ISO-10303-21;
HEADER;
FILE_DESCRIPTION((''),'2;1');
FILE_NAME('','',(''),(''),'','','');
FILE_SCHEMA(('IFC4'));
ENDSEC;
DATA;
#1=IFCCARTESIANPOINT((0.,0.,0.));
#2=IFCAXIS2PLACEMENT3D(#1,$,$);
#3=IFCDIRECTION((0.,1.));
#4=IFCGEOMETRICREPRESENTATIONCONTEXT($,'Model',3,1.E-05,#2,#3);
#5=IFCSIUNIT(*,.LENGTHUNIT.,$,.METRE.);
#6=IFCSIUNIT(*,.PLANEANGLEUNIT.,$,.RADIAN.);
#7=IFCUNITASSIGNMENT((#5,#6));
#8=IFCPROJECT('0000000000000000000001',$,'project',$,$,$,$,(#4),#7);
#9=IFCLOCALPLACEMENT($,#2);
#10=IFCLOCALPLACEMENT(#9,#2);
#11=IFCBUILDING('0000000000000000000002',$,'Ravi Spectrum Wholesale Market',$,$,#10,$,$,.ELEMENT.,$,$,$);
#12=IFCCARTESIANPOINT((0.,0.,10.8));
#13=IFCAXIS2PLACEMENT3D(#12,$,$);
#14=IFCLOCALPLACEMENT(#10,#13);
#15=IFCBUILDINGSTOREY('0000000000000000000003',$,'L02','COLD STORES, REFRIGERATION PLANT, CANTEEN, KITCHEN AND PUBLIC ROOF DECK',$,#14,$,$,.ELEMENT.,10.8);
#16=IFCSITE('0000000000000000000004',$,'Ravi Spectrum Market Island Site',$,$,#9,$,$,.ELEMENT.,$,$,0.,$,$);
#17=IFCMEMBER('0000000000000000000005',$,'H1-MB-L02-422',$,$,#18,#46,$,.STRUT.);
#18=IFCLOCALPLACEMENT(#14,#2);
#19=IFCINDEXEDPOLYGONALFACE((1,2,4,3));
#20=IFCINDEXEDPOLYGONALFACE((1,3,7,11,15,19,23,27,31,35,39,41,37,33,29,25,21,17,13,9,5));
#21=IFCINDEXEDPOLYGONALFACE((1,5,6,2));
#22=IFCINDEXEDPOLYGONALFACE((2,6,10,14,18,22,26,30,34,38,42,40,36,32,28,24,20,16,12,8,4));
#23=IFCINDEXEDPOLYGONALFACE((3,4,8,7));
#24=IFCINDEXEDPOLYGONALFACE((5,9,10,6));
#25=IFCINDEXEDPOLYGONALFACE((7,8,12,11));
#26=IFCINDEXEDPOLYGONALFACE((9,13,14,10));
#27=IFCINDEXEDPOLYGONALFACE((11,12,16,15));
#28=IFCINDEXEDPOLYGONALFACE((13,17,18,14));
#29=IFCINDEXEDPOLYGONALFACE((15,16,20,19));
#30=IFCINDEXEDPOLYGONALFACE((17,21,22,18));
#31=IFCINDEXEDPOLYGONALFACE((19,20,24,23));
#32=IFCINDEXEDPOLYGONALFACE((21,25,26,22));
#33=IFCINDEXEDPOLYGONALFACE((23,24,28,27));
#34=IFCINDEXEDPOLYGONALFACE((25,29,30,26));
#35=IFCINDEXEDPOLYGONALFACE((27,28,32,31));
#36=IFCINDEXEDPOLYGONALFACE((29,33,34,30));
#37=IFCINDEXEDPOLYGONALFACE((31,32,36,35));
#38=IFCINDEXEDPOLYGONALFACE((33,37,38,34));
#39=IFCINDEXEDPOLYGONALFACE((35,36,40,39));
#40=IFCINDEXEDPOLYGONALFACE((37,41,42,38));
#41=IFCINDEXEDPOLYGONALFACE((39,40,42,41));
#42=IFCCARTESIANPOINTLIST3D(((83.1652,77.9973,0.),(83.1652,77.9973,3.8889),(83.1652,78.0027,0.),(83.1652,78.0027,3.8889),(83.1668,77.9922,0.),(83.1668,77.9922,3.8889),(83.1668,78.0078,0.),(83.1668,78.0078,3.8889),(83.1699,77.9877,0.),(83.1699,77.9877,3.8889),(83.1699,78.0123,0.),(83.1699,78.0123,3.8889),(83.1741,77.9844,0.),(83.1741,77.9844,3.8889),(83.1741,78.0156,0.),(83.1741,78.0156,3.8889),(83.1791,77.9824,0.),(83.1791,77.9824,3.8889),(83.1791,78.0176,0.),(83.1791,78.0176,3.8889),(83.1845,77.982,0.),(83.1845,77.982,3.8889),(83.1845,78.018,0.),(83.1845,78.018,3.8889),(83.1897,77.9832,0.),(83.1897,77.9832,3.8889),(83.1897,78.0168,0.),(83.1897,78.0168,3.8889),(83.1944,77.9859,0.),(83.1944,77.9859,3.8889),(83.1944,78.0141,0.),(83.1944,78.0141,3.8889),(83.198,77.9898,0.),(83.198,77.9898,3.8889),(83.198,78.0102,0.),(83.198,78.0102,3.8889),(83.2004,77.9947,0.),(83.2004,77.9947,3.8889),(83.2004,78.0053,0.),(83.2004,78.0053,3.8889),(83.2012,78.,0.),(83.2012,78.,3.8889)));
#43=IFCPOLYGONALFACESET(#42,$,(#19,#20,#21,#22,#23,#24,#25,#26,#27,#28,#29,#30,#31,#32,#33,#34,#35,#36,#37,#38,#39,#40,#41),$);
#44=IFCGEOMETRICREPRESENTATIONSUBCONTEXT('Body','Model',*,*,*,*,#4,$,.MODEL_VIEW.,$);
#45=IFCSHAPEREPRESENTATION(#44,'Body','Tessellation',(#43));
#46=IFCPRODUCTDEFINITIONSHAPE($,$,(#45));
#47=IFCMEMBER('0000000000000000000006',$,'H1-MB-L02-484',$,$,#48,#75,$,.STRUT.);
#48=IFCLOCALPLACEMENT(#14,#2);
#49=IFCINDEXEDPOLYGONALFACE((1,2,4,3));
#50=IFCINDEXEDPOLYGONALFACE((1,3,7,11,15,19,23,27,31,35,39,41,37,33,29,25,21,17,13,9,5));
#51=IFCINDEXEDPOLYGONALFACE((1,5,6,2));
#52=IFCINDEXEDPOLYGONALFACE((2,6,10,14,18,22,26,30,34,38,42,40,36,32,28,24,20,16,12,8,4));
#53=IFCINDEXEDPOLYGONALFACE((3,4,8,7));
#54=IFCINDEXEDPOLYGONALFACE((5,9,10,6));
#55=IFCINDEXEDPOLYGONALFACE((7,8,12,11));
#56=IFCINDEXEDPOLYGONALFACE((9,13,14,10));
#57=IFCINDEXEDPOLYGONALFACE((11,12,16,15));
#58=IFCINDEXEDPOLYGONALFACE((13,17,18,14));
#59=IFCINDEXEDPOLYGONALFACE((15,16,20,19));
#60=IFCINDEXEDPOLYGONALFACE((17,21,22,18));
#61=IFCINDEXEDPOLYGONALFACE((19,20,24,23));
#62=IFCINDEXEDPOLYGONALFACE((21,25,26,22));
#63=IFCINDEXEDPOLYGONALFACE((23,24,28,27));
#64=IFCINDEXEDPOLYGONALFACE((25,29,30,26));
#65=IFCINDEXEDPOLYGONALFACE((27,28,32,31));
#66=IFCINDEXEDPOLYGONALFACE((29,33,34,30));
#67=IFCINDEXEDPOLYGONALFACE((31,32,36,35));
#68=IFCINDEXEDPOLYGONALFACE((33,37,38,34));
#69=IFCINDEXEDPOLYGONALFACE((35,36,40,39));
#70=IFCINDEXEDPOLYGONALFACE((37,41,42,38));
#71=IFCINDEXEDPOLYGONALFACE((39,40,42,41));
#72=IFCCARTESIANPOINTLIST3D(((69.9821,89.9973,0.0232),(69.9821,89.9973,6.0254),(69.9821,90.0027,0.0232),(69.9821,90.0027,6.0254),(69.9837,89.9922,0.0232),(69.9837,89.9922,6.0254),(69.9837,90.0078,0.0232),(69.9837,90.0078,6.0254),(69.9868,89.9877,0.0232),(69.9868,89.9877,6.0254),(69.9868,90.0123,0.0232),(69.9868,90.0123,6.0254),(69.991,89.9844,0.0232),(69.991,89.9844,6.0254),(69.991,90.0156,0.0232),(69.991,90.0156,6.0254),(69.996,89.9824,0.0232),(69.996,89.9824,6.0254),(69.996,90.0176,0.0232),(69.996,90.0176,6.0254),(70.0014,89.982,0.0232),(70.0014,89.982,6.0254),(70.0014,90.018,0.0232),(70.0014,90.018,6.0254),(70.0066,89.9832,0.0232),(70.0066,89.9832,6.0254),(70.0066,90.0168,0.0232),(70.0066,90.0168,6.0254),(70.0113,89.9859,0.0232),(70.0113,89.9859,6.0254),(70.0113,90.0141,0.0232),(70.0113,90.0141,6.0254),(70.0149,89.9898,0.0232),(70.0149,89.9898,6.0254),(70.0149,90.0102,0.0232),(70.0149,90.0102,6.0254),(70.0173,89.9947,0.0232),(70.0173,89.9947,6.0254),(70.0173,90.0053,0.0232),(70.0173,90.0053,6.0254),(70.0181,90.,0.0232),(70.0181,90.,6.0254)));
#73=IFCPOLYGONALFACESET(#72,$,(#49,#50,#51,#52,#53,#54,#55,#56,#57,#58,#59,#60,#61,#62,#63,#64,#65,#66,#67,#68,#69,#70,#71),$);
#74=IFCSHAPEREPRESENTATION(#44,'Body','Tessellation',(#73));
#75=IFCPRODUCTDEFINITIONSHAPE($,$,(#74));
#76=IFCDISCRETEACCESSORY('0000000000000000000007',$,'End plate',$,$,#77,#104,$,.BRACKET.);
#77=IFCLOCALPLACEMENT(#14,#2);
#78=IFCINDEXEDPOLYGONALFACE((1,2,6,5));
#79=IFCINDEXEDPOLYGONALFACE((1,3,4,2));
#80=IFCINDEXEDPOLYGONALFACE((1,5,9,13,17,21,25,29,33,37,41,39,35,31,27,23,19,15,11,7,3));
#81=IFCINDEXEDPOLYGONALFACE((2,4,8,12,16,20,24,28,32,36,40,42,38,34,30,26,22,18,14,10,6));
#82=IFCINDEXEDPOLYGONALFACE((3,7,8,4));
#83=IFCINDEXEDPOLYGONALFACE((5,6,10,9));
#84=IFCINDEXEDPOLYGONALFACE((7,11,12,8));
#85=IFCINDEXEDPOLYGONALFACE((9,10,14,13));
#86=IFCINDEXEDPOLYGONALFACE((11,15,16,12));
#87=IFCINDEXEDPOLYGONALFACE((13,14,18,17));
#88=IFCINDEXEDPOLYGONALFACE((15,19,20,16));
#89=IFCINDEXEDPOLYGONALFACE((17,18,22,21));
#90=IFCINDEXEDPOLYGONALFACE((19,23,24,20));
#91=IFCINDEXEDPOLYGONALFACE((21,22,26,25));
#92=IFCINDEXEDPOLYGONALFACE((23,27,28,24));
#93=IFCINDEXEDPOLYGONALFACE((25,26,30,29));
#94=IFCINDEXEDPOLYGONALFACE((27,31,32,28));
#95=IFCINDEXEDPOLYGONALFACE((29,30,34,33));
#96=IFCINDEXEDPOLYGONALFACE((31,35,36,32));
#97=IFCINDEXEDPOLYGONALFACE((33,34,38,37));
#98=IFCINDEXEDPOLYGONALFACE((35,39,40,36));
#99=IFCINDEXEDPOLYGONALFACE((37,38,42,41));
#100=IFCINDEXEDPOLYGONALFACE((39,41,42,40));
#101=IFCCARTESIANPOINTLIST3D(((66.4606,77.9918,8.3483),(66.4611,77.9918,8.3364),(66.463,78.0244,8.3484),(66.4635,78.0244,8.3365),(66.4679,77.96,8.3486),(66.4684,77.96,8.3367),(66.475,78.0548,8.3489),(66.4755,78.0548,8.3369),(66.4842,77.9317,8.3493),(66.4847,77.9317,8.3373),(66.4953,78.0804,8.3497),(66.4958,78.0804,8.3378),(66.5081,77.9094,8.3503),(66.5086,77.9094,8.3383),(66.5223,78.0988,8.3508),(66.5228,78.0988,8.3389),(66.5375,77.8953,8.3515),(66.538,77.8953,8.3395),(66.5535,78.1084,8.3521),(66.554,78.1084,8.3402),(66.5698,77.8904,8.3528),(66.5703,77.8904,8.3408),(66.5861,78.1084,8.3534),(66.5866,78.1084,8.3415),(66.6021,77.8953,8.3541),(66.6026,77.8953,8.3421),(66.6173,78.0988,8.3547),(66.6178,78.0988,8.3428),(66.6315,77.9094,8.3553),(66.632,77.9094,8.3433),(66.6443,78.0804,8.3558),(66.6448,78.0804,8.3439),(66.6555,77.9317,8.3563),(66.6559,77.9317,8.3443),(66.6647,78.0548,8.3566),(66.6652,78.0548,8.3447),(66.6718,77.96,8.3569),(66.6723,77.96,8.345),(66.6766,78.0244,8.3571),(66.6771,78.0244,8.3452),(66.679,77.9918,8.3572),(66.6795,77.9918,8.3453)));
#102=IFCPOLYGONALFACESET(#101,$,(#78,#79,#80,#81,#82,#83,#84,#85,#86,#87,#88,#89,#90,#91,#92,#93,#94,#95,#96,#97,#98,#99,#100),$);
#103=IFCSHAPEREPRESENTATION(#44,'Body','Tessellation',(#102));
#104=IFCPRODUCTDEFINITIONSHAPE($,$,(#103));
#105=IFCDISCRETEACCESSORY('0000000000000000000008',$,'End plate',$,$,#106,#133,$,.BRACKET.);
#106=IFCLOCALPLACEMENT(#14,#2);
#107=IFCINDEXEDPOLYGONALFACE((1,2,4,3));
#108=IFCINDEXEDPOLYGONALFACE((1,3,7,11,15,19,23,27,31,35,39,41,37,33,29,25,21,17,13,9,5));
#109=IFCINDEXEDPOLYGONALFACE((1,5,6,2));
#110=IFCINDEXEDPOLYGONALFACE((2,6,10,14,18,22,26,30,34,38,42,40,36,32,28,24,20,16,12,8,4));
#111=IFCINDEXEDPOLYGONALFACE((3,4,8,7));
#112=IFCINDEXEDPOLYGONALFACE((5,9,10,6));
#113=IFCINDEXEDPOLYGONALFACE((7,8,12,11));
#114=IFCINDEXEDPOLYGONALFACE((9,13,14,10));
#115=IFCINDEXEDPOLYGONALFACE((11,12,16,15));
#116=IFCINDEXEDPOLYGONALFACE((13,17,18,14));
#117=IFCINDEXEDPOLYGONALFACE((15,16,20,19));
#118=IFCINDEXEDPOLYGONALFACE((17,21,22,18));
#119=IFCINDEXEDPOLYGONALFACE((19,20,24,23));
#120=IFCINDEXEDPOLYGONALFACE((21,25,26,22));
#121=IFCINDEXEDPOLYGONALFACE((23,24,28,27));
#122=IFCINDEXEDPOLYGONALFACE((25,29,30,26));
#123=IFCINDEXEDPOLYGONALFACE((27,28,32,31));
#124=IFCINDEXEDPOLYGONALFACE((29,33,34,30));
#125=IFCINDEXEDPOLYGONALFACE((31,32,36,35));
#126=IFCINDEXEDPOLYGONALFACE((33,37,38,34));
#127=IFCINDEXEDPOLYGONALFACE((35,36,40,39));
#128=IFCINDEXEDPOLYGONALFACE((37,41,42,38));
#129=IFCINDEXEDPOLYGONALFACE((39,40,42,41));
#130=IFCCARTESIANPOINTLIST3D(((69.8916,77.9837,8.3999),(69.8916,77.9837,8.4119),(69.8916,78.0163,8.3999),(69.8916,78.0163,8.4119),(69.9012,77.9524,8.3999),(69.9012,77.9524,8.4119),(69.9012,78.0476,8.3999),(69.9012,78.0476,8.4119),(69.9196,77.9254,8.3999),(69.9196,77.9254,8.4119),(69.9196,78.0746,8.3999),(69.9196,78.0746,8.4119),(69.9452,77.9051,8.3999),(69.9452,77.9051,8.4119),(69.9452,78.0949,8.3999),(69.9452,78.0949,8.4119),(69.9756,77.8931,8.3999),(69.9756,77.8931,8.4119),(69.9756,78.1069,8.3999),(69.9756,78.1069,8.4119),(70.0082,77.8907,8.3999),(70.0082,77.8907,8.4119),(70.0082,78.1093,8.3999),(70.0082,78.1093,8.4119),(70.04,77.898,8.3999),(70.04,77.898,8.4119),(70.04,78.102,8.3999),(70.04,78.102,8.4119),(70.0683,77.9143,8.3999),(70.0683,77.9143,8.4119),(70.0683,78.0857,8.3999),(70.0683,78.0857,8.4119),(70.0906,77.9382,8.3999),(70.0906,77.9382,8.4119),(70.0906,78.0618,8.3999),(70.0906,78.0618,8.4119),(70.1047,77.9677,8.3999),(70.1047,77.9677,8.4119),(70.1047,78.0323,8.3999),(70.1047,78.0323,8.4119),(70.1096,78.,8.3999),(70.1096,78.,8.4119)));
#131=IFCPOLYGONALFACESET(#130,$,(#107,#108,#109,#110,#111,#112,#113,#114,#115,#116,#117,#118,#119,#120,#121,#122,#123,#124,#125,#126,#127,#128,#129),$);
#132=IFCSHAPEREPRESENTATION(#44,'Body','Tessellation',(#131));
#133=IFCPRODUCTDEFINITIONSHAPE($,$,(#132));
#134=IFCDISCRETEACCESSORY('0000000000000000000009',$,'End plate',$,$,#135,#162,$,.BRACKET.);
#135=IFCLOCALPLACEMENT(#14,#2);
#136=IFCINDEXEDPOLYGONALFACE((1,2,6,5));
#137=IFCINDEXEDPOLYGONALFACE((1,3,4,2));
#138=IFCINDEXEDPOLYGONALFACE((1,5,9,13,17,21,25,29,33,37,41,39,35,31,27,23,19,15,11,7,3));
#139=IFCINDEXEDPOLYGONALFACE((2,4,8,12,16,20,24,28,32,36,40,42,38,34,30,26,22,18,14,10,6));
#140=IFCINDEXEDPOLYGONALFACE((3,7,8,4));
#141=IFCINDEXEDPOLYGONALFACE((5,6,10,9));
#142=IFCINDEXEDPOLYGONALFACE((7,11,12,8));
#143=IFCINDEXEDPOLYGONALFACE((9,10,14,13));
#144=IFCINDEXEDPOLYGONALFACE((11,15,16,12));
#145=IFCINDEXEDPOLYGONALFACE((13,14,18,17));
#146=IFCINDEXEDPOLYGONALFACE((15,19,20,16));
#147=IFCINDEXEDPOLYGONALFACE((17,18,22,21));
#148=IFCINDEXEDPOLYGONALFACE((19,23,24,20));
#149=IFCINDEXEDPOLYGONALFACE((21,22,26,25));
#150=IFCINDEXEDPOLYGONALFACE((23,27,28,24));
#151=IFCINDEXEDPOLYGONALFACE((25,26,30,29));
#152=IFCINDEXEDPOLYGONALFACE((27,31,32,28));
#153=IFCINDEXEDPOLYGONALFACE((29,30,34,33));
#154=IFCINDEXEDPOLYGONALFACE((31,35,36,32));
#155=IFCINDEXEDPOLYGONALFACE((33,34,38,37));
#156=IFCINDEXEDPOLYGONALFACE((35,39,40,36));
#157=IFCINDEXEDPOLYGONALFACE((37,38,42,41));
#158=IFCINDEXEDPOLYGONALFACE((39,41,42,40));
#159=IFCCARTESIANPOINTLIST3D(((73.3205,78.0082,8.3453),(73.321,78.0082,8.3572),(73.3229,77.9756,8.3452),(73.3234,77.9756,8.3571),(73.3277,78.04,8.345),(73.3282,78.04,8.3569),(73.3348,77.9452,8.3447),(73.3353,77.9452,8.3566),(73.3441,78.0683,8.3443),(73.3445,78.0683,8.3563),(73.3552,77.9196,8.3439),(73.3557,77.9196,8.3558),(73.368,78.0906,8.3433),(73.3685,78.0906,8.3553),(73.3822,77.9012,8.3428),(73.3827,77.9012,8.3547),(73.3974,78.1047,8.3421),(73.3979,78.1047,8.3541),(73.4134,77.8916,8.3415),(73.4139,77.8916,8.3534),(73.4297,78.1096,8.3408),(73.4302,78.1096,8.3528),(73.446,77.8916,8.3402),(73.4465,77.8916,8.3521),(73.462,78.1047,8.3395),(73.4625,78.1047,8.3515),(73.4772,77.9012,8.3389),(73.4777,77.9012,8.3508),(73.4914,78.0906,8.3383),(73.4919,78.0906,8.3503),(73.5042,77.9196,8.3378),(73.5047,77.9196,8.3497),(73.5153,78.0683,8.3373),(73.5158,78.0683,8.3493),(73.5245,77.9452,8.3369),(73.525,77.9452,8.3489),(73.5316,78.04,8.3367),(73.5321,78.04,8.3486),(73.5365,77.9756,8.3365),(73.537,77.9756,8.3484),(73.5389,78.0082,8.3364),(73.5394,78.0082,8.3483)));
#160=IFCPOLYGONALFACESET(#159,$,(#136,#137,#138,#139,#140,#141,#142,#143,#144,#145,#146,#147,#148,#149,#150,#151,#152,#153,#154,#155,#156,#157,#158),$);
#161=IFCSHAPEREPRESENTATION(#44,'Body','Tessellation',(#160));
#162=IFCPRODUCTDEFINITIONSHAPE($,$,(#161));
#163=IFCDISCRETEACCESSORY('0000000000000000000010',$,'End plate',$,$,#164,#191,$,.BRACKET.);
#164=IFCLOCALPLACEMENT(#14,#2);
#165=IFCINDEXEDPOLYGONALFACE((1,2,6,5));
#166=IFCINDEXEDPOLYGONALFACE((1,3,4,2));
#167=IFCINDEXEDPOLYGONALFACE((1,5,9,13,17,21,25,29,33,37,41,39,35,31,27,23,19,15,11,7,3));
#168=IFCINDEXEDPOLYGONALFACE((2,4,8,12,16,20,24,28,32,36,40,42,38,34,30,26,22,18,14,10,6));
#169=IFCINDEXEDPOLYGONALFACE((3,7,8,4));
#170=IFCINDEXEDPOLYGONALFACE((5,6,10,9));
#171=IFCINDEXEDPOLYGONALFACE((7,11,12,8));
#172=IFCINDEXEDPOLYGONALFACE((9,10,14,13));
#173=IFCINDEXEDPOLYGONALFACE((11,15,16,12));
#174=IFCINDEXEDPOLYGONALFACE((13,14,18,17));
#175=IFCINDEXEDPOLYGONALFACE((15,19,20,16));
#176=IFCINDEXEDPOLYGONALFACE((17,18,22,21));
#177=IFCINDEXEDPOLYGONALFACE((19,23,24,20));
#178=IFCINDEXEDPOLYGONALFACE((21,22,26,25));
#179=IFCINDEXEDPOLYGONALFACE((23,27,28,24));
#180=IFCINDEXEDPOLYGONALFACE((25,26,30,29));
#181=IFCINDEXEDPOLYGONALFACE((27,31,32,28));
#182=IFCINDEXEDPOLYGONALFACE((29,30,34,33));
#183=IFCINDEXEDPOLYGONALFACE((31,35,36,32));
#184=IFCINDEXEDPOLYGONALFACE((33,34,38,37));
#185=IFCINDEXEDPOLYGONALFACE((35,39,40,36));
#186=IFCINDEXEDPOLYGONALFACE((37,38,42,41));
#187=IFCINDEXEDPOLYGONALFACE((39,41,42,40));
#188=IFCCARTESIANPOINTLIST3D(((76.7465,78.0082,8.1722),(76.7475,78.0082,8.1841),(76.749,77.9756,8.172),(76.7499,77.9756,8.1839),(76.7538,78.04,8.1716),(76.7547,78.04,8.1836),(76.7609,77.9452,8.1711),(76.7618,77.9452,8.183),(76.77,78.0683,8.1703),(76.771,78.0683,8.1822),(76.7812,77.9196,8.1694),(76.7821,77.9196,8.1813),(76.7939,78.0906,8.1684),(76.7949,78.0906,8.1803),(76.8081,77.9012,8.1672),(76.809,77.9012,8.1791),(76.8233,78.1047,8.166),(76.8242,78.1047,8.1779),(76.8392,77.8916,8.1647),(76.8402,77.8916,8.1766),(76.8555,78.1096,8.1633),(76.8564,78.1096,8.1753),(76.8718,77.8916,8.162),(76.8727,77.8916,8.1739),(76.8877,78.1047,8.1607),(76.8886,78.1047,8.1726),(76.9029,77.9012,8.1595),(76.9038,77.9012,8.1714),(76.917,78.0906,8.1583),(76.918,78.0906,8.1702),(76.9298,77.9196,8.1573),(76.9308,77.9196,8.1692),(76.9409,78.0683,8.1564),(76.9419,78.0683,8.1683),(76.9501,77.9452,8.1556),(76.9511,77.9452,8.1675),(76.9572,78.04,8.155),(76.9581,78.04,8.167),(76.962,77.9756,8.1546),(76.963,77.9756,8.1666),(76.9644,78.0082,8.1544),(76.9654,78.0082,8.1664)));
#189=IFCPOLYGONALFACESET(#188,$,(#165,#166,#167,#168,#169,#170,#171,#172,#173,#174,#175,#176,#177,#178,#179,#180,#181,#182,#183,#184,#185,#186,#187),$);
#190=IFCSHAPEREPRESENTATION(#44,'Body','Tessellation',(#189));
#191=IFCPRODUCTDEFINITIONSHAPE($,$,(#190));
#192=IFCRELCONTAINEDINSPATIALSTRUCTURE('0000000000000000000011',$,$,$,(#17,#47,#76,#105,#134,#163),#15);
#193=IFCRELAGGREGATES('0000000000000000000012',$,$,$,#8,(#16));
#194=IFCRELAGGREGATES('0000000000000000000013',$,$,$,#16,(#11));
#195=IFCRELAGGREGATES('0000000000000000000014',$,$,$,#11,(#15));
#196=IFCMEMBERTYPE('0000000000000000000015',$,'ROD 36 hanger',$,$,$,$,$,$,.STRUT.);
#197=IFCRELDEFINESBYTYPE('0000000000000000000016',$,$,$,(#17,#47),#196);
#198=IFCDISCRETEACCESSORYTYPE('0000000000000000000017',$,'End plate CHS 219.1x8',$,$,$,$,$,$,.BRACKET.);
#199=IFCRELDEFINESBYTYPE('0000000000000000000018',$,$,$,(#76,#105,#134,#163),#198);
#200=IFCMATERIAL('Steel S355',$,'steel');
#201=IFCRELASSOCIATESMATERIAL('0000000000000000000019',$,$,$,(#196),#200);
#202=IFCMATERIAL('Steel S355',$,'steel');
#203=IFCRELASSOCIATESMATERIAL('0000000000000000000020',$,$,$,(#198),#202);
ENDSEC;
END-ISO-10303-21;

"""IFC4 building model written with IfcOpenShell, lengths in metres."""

from ifc_helpers import new_model, si_unit, direction, frame, origin, origin_2d, place, context, subcontext, project, spatial, circle, extrude, material, material_profile, profile_set, type_object, element, save


model = new_model("IFC4")

# Units and contexts
model_context = context("Model", 3, precision=1e-05, world=origin(), true_north=direction((0.0, 1.0)))
body_context = subcontext(model_context, "Body", "Model", "MODEL_VIEW")
ifc_project = project(units=[si_unit("LENGTHUNIT", "METRE"), si_unit("PLANEANGLEUNIT", "RADIAN")], contexts=[model_context])

# Site, building, storey
site_placement = place(None, origin())
site = spatial("IfcSite", under=ifc_project, at=site_placement, Name="Ravi Spectrum Market Island Site", CompositionType="ELEMENT", RefElevation=0.0)
building_placement = place(site_placement, origin())
building = spatial("IfcBuilding", under=site, at=building_placement, Name="Ravi Spectrum Wholesale Market", CompositionType="ELEMENT")
storey_placement = place(building_placement, frame((0.0, 0.0, 10.8)))
storey = spatial("IfcBuildingStorey", under=building, at=storey_placement, Name="L02", Description="COLD STORES, REFRIGERATION PLANT, CANTEEN, KITCHEN AND PUBLIC ROOF DECK", CompositionType="ELEMENT", Elevation=10.8)

# Members
ifc_material_1 = material(Name="Steel S355", Category="steel")
ifc_material_profile_1 = material_profile(ifc_material_1, circle(Radius=0.0181, at=origin_2d()))
ifc_profile_set_1 = profile_set([ifc_material_profile_1], Name="Steel S355")
member_type_1 = type_object("IfcMemberType", Name="ROD 36 hanger", PredefinedType="STRUT", material=ifc_profile_set_1)
member_1_placement = place(storey_placement, frame((83.1831, 78.0, 0.0), z_axis=(0.0, 0.0, 1.0), x_axis=(1.0, 0.0, 0.0)))
element("IfcMember", 1, at=member_1_placement, inside=storey, type_object=member_type_1, Name="H1-MB-L02-422", PredefinedType="STRUT", context=body_context, shape_type="SweptSolid", body=[
    extrude(circle(Radius=0.0181, at=origin_2d()), origin(), (0.0, 0.0, 1.0), 3.8889),
])
member_2_placement = place(storey_placement, frame((70.0, 90.0, 0.0232), z_axis=(0.0, 0.0, 1.0), x_axis=(1.0, 0.0, 0.0)))
element("IfcMember", 2, at=member_2_placement, inside=storey, type_object=member_type_1, Name="H1-MB-L02-484", PredefinedType="STRUT", context=body_context, shape_type="SweptSolid", body=[
    extrude(circle(Radius=0.0181, at=origin_2d()), origin(), (0.0, 0.0, 1.0), 6.0022),
])

# Discrete accessories
ifc_material_2 = material(Name="Steel S355", Category="steel")
ifc_material_profile_2 = material_profile(ifc_material_2, circle(Radius=0.1096, at=origin_2d()))
ifc_profile_set_2 = profile_set([ifc_material_profile_2], Name="Steel S355")
discrete_accessory_type_1 = type_object("IfcDiscreteAccessoryType", Name="End plate CHS 219.1x8", PredefinedType="BRACKET", material=ifc_profile_set_2)
for number, where, z_axis, x_axis, name in (
    (3, (66.5703, 78.0, 8.3408), (-0.040782, 0.0, 0.999168), (0.0, -1.0, 0.0), "End plate"),
    (4, (70.0, 78.0, 8.3999), (0.0, 0.0, 1.0), (1.0, 0.0, 0.0), "End plate"),
    (5, (73.4297, 78.0, 8.3408), (0.040782, 0.0, 0.999168), (0.0, 1.0, 0.0), "End plate"),
    (6, (76.8555, 78.0, 8.1633), (0.081362, 0.0, 0.996685), (0.0, 1.0, 0.0), "End plate"),
):
    element("IfcDiscreteAccessory", number, at=place(storey_placement, frame(where, z_axis=z_axis, x_axis=x_axis)), inside=storey, type_object=discrete_accessory_type_1, Name=name, PredefinedType="BRACKET", context=body_context, shape_type="SweptSolid", body=[
        extrude(circle(Radius=0.1096, at=origin_2d()), origin(), (0.0, 0.0, 1.0), 0.012),
    ])

save(model, "model.ifc")
